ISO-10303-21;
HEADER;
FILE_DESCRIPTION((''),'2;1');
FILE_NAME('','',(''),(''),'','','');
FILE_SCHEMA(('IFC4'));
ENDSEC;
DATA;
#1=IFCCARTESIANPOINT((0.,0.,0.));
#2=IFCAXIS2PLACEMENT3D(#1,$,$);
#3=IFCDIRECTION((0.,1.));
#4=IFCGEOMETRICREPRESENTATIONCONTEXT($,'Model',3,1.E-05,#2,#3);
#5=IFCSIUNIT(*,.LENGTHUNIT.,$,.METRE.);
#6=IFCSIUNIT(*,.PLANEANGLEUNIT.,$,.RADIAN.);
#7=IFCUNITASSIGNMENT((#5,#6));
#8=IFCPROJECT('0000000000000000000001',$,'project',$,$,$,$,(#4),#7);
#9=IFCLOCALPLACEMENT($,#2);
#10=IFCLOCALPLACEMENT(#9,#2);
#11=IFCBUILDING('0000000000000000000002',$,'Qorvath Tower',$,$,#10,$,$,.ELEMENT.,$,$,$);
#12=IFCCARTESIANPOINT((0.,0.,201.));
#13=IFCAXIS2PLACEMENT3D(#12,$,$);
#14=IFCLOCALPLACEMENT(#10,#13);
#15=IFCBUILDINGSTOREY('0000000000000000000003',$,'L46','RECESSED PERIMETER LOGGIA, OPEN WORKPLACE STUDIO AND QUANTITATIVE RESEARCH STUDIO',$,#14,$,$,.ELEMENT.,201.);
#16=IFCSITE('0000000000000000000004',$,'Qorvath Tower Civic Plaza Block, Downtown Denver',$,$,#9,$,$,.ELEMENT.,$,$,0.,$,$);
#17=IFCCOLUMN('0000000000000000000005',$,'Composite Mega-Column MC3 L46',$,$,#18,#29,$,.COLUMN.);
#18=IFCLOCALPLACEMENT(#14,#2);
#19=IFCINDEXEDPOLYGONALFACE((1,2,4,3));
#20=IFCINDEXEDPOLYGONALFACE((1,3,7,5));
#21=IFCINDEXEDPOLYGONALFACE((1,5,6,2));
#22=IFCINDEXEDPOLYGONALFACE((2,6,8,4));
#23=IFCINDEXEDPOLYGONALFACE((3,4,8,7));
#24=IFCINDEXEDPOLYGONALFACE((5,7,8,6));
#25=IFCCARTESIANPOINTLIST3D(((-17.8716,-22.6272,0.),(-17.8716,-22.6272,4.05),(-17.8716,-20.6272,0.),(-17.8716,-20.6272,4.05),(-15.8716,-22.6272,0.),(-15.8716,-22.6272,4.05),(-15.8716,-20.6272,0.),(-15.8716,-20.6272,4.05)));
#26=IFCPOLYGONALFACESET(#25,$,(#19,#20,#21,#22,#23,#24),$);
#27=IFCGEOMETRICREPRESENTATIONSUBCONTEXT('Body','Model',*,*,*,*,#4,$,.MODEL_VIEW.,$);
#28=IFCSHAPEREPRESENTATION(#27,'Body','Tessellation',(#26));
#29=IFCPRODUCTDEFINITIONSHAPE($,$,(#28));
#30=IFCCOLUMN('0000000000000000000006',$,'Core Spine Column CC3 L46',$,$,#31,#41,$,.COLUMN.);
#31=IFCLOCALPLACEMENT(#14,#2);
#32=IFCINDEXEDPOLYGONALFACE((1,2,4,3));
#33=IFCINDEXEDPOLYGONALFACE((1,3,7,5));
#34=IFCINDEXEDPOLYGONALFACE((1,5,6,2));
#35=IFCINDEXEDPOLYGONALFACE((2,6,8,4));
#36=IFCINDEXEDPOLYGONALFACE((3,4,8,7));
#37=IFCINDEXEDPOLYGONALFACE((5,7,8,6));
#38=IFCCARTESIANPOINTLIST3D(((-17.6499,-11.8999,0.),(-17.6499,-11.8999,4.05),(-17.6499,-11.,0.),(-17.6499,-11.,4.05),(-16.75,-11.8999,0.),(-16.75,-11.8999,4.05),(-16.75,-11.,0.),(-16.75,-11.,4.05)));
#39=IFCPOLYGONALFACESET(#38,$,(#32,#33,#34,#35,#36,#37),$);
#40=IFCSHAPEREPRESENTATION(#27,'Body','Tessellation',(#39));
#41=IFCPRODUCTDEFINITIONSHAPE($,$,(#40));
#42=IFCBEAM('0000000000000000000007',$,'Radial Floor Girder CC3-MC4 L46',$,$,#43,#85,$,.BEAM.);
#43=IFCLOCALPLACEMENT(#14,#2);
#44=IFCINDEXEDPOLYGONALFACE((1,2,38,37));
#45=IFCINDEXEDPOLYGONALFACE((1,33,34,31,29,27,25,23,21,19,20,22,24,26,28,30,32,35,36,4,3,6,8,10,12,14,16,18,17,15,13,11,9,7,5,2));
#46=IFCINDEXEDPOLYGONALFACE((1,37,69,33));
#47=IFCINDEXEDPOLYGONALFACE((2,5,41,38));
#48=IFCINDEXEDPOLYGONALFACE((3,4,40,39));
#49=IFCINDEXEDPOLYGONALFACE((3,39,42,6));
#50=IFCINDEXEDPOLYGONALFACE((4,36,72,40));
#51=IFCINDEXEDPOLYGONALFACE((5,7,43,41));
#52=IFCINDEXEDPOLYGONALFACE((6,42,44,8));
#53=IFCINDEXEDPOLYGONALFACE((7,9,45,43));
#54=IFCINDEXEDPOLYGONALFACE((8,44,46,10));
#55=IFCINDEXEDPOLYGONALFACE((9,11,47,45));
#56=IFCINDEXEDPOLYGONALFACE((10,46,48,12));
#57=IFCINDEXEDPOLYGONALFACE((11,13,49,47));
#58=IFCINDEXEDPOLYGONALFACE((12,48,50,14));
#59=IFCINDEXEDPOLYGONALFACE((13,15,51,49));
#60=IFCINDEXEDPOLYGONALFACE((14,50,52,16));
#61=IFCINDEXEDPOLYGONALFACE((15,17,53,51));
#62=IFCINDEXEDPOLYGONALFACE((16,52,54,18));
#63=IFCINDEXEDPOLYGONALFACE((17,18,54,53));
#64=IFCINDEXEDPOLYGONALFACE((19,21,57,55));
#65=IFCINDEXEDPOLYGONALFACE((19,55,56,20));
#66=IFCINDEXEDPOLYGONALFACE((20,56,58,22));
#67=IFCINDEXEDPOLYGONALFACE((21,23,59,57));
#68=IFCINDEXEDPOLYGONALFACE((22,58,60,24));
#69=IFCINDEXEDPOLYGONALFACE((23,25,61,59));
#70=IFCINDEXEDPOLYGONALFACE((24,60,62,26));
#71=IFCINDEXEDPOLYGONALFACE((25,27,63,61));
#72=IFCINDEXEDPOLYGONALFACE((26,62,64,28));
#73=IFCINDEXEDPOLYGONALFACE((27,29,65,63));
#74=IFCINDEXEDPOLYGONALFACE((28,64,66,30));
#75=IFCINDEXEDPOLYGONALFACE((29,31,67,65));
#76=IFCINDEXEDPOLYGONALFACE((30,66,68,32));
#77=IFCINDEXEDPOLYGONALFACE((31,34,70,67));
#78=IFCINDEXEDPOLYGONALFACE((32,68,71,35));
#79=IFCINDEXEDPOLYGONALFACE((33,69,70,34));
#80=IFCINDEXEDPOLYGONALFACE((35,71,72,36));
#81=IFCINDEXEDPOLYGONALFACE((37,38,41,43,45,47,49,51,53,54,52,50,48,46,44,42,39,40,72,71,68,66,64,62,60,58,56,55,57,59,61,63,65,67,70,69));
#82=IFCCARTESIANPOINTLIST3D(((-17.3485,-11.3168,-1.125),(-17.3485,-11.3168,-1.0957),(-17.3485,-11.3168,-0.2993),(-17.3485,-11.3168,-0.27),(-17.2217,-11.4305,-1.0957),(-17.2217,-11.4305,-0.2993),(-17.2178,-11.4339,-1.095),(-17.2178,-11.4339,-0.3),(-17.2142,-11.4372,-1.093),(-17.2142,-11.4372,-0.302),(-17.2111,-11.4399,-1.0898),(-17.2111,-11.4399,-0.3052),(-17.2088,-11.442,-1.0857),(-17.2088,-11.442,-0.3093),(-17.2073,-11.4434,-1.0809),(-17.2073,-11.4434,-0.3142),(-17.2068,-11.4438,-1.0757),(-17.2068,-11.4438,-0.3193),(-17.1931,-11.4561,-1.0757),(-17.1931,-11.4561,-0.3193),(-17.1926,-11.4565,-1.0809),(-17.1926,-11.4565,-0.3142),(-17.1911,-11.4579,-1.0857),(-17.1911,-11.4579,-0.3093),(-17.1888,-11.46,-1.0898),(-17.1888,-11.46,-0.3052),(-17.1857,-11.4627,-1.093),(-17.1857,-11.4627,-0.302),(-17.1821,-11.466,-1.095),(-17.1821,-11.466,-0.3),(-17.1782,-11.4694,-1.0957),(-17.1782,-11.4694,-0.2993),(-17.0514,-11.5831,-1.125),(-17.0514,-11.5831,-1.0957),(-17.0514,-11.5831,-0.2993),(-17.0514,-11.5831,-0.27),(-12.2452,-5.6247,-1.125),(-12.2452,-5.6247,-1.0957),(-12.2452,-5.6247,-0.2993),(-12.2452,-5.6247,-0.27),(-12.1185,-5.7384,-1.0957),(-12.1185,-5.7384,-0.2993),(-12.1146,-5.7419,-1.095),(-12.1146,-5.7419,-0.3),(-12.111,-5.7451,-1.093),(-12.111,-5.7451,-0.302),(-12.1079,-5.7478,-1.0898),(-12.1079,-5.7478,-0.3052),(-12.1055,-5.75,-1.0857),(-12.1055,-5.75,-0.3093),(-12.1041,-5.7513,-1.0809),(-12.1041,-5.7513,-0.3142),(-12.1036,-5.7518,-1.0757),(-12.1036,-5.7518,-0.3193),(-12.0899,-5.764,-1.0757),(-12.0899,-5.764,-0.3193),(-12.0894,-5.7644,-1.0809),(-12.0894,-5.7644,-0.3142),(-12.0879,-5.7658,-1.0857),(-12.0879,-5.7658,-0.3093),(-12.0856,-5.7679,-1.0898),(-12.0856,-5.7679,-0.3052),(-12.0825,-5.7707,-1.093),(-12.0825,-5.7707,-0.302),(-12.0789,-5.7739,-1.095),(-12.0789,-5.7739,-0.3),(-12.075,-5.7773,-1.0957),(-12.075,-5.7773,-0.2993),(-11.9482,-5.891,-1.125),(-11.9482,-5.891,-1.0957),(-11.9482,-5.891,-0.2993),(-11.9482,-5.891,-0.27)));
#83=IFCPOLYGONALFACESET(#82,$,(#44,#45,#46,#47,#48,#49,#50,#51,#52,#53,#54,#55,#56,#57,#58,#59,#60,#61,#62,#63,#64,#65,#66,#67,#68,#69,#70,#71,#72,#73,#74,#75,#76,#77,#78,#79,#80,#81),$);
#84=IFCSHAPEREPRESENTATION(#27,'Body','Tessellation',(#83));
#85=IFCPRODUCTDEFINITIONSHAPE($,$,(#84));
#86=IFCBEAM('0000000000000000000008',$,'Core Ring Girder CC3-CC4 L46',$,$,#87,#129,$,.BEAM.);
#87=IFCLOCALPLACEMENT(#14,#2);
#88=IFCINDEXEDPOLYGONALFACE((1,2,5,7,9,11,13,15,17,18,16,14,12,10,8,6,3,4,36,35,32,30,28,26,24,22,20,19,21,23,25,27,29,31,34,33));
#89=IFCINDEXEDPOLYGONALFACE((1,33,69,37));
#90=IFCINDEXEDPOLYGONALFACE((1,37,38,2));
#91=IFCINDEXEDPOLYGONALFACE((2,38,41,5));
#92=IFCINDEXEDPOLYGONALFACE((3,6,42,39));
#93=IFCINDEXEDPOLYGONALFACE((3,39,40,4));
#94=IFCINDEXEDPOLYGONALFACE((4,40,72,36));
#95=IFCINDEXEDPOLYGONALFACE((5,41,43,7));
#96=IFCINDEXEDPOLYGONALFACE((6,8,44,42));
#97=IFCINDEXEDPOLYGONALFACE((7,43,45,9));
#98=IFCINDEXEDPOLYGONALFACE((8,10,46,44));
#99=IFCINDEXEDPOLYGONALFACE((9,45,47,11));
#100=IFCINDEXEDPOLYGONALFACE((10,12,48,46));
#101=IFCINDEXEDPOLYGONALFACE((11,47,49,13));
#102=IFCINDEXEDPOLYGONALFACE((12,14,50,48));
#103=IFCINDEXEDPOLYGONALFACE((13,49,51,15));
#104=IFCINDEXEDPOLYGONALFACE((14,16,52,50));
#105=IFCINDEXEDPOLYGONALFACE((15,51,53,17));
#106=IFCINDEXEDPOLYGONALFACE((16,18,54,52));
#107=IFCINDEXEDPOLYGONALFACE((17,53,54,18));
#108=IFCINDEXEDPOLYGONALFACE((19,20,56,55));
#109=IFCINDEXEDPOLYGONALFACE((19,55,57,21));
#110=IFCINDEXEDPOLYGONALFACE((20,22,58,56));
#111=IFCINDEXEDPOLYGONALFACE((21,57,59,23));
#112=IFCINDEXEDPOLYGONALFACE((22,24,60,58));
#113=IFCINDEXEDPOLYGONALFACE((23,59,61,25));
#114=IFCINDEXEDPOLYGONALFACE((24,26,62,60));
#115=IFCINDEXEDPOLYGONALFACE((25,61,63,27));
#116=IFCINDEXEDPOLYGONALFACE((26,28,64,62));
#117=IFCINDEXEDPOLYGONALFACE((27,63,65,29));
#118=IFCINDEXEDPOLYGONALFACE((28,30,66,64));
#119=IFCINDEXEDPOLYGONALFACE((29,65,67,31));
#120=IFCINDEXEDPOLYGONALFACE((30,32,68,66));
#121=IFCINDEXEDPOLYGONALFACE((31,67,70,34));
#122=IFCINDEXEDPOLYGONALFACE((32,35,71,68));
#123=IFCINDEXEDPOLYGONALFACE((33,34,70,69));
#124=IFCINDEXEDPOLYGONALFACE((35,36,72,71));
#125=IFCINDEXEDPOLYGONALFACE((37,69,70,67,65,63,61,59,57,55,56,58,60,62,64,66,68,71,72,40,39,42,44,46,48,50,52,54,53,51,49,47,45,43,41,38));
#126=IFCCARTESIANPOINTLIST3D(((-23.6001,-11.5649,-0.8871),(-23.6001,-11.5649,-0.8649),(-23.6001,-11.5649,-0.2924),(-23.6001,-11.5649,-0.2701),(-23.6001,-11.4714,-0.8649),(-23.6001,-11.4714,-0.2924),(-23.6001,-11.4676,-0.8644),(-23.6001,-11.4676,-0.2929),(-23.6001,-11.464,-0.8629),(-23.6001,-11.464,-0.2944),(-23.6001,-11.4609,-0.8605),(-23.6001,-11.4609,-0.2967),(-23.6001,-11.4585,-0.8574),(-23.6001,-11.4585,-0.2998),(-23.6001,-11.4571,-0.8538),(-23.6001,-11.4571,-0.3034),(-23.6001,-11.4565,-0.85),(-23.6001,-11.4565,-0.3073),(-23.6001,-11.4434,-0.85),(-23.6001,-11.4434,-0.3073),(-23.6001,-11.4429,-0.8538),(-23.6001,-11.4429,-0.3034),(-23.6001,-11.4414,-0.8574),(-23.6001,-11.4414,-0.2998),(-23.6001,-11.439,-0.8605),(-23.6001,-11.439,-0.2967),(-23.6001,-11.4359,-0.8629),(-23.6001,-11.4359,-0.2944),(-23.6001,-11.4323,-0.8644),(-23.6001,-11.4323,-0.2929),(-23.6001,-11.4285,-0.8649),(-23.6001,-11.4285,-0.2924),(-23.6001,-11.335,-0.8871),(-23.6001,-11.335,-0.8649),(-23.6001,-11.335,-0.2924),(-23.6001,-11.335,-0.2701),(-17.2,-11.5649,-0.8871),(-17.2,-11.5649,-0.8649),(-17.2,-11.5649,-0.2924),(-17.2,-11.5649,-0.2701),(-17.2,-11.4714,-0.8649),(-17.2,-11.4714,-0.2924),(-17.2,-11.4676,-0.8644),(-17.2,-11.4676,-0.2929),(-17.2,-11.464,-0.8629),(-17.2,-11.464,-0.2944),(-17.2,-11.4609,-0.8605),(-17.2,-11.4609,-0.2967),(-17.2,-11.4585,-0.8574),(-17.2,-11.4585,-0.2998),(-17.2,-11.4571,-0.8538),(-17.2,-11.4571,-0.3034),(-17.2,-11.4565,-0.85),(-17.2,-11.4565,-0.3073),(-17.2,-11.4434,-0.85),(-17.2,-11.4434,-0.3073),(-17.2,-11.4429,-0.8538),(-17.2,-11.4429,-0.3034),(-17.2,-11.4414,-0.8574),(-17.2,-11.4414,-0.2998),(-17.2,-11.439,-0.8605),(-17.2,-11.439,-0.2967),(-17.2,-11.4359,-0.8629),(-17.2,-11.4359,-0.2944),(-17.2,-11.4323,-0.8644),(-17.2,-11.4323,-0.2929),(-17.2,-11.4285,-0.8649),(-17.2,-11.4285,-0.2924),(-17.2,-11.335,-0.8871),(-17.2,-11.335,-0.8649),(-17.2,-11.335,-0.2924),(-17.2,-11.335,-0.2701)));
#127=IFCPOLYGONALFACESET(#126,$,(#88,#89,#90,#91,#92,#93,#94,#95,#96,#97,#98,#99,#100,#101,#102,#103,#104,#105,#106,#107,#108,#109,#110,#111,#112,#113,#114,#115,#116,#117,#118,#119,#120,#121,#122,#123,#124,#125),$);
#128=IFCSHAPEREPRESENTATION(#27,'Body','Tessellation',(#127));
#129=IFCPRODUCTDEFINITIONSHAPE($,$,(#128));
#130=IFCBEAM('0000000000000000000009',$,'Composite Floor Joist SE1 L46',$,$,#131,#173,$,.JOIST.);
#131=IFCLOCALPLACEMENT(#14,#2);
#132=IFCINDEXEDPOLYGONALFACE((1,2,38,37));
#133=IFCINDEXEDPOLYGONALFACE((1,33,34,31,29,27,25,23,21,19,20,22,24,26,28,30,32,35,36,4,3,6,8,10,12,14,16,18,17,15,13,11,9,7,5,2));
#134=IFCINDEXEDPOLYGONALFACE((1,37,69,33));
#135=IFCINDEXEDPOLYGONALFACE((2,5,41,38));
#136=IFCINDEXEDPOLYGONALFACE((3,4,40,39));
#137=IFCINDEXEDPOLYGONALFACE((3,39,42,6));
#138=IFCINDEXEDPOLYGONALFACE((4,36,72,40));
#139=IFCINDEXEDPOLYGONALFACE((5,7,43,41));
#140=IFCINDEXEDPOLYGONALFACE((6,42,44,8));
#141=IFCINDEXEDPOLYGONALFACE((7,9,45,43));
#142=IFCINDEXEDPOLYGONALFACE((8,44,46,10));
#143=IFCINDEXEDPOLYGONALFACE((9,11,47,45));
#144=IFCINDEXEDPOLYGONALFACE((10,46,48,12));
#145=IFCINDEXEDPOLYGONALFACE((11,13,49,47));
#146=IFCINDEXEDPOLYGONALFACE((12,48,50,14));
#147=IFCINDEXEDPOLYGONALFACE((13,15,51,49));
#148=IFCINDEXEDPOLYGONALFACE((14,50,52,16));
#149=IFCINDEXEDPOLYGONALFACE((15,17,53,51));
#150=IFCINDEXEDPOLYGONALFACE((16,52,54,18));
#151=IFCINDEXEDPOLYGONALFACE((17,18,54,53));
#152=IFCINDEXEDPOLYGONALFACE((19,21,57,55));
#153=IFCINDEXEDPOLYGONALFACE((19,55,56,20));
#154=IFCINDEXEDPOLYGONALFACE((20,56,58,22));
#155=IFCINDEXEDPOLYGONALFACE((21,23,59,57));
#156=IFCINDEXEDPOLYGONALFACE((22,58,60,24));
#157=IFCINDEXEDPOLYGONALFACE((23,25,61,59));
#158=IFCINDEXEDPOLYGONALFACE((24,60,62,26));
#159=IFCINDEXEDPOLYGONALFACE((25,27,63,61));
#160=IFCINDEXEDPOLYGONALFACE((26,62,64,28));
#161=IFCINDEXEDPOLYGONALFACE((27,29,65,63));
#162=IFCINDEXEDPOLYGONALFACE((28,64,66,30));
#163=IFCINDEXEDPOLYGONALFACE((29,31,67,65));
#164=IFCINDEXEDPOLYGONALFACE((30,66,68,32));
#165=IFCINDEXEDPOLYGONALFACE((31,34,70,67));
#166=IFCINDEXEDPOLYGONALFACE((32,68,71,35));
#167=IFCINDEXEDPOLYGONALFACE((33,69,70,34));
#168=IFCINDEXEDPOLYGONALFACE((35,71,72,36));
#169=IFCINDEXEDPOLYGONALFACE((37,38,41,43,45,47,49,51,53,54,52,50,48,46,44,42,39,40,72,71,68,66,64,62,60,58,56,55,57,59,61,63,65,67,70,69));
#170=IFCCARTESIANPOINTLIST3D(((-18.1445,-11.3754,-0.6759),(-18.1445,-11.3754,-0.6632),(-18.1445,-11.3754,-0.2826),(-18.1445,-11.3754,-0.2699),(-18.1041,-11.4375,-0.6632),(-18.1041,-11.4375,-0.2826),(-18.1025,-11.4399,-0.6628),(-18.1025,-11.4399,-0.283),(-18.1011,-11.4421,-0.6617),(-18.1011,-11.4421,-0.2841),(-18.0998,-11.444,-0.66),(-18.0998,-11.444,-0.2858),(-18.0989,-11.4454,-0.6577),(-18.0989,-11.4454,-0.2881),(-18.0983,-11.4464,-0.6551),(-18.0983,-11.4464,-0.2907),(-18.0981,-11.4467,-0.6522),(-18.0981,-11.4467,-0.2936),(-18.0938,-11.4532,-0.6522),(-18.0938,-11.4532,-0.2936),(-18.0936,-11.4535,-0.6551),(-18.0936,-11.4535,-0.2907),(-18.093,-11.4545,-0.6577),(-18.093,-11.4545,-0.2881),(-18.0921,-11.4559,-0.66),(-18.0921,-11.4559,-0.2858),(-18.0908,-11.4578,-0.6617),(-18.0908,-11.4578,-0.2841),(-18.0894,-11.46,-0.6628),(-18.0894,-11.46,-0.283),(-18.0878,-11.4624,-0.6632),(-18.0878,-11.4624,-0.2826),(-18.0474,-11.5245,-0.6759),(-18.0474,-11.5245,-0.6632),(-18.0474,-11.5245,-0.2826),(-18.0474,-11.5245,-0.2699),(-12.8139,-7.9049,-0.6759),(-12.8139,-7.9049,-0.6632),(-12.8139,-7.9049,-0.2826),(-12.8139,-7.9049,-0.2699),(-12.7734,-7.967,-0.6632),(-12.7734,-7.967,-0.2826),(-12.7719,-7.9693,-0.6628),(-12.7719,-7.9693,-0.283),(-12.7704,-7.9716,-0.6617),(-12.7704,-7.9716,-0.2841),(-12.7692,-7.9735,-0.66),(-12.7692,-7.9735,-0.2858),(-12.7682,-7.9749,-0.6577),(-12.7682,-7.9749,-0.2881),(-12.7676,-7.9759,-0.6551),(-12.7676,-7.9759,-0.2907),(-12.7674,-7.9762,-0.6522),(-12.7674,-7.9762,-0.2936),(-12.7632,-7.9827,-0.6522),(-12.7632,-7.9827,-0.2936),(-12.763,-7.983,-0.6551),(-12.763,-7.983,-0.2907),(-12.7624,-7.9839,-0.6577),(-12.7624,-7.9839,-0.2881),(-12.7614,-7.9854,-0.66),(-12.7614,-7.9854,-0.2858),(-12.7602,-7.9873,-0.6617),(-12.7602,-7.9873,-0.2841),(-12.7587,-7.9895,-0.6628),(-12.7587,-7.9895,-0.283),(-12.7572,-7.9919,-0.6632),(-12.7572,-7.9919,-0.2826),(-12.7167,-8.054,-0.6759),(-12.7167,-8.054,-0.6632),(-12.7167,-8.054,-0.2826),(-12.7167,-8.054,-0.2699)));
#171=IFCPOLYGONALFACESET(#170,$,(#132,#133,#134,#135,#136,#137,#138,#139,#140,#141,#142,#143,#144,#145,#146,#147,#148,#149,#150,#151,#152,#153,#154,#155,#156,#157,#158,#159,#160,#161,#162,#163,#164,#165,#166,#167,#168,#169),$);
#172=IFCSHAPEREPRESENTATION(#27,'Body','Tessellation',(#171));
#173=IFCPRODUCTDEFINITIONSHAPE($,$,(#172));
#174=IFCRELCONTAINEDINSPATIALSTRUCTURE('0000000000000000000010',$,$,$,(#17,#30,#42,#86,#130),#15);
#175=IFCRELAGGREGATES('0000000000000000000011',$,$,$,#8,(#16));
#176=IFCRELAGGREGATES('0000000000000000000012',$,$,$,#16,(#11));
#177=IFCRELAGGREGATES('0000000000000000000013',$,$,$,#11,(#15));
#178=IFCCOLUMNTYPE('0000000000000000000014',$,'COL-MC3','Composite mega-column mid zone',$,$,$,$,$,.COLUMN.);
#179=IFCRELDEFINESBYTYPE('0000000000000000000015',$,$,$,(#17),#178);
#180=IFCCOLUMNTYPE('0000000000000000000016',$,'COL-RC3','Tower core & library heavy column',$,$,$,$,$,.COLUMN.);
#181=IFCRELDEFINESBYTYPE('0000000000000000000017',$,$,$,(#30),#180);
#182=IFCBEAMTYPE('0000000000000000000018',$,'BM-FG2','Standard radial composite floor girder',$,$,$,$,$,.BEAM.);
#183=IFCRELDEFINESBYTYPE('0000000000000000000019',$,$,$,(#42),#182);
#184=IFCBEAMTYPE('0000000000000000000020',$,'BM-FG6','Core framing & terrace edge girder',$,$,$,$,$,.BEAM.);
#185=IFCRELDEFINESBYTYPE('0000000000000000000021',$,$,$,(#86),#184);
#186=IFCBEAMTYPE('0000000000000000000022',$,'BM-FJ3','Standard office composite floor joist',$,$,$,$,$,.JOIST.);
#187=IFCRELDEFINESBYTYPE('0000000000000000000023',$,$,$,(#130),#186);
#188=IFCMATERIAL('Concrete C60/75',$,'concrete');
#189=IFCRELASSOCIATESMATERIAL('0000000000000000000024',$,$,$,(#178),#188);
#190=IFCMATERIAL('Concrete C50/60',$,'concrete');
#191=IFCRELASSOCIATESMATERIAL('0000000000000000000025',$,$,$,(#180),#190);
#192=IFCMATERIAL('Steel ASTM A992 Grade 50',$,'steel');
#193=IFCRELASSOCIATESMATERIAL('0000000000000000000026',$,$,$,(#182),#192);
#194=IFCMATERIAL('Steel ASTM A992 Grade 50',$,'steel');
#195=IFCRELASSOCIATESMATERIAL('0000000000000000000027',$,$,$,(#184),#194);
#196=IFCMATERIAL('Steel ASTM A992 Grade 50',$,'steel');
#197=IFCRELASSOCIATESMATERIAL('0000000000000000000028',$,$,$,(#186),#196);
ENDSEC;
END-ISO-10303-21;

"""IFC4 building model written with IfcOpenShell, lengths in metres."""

from ifc_helpers import new_model, si_unit, direction, frame, origin, origin_2d, place, context, subcontext, project, spatial, rectangle, i_section, extrude, material, material_profile, profile_set, type_object, element, save


model = new_model("IFC4")

# Units and contexts
model_context = context("Model", 3, precision=1e-05, world=origin(), true_north=direction((0.0, 1.0)))
body_context = subcontext(model_context, "Body", "Model", "MODEL_VIEW")
ifc_project = project(units=[si_unit("LENGTHUNIT", "METRE"), si_unit("PLANEANGLEUNIT", "RADIAN")], contexts=[model_context])

# Site, building, storey
site_placement = place(None, origin())
site = spatial("IfcSite", under=ifc_project, at=site_placement, Name="Qorvath Tower Civic Plaza Block, Downtown Denver", CompositionType="ELEMENT", RefElevation=0.0)
building_placement = place(site_placement, origin())
building = spatial("IfcBuilding", under=site, at=building_placement, Name="Qorvath Tower", CompositionType="ELEMENT")
storey_placement = place(building_placement, frame((0.0, 0.0, 201.0)))
storey = spatial("IfcBuildingStorey", under=building, at=storey_placement, Name="L46", Description="RECESSED PERIMETER LOGGIA, OPEN WORKPLACE STUDIO AND QUANTITATIVE RESEARCH STUDIO", CompositionType="ELEMENT", Elevation=201.0)

# Columns
ifc_material_1 = material(Name="Concrete C60/75", Category="concrete")
ifc_material_profile_1 = material_profile(ifc_material_1, rectangle(XDim=2.0, YDim=2.0, at=origin_2d()), Name="MC 2000x2000")
ifc_profile_set_1 = profile_set([ifc_material_profile_1], Name="Concrete C60/75")
column_type_1 = type_object("IfcColumnType", Name="COL-MC3", Description="Composite mega-column mid zone", PredefinedType="COLUMN", material=ifc_profile_set_1)
column_1_placement = place(storey_placement, frame((-16.8716, -21.6272, 0.0), z_axis=(0.0, 0.0, 1.0), x_axis=(1.0, 0.0, 0.0)))
element("IfcColumn", 1, at=column_1_placement, inside=storey, type_object=column_type_1, Name="Composite Mega-Column MC3 L46", PredefinedType="COLUMN", context=body_context, shape_type="SweptSolid", body=[
    extrude(rectangle(XDim=2.0, YDim=2.0, at=origin_2d()), origin(), (0.0, 0.0, 1.0), 4.05),
])
ifc_material_2 = material(Name="Concrete C50/60", Category="concrete")
ifc_material_profile_2 = material_profile(ifc_material_2, rectangle(XDim=0.8999, YDim=0.8999, at=origin_2d()), Name="RC 900x900")
ifc_profile_set_2 = profile_set([ifc_material_profile_2], Name="Concrete C50/60")
column_type_2 = type_object("IfcColumnType", Name="COL-RC3", Description="Tower core & library heavy column", PredefinedType="COLUMN", material=ifc_profile_set_2)
column_2_placement = place(storey_placement, frame((-17.2, -11.45, 0.0), z_axis=(0.0, 0.0, 1.0), x_axis=(1.0, 0.0, 0.0)))
element("IfcColumn", 2, at=column_2_placement, inside=storey, type_object=column_type_2, Name="Core Spine Column CC3 L46", PredefinedType="COLUMN", context=body_context, shape_type="SweptSolid", body=[
    extrude(rectangle(XDim=0.8999, YDim=0.8999, at=origin_2d()), origin(), (0.0, 0.0, 1.0), 4.05),
])

# Beams
ifc_material_3 = material(Name="Steel ASTM A992 Grade 50", Category="steel")
ifc_material_profile_3 = material_profile(ifc_material_3, i_section(OverallWidth=0.3989, OverallDepth=0.855, WebThickness=0.0183, FlangeThickness=0.0293, FilletRadius=0.02, at=origin_2d()), Name="W33x201")
ifc_profile_set_3 = profile_set([ifc_material_profile_3], Name="Steel ASTM A992 Grade 50")
beam_type_1 = type_object("IfcBeamType", Name="BM-FG2", Description="Standard radial composite floor girder", PredefinedType="BEAM", material=ifc_profile_set_3)
beam_1_placement = place(storey_placement, frame((-17.2, -11.45, -0.6975), z_axis=(0.667543, 0.744571, 0.0), x_axis=(-0.744571, 0.667543, 0.0)))
element("IfcBeam", 3, at=beam_1_placement, inside=storey, type_object=beam_type_1, Name="Radial Floor Girder CC3-MC4 L46", PredefinedType="BEAM", context=body_context, shape_type="SweptSolid", body=[
    extrude(i_section(OverallWidth=0.3989, OverallDepth=0.855, WebThickness=0.0183, FlangeThickness=0.0293, FilletRadius=0.02, at=origin_2d()), origin(), (0.0, 0.0, 1.0), 7.6448),
])
ifc_material_4 = material(Name="Steel ASTM A992 Grade 50", Category="steel")
ifc_material_profile_4 = material_profile(ifc_material_4, i_section(OverallWidth=0.23, OverallDepth=0.6169, WebThickness=0.0132, FlangeThickness=0.0222, FilletRadius=0.0149, at=origin_2d()), Name="W24x94")
ifc_profile_set_4 = profile_set([ifc_material_profile_4], Name="Steel ASTM A992 Grade 50")
beam_type_2 = type_object("IfcBeamType", Name="BM-FG6", Description="Core framing & terrace edge girder", PredefinedType="BEAM", material=ifc_profile_set_4)
beam_2_placement = place(storey_placement, frame((-17.2, -11.45, -0.5786), z_axis=(-1.0, 0.0, 0.0), x_axis=(0.0, -1.0, 0.0)))
element("IfcBeam", 4, at=beam_2_placement, inside=storey, type_object=beam_type_2, Name="Core Ring Girder CC3-CC4 L46", PredefinedType="BEAM", context=body_context, shape_type="SweptSolid", body=[
    extrude(i_section(OverallWidth=0.23, OverallDepth=0.6169, WebThickness=0.0132, FlangeThickness=0.0222, FilletRadius=0.0149, at=origin_2d()), origin(), (0.0, 0.0, 1.0), 6.4001),
])
ifc_material_5 = material(Name="Steel ASTM A992 Grade 50", Category="steel")
ifc_material_profile_5 = material_profile(ifc_material_5, i_section(OverallWidth=0.178, OverallDepth=0.406, WebThickness=0.0078, FlangeThickness=0.0127, FilletRadius=0.011, at=origin_2d()), Name="W16x40")
ifc_profile_set_5 = profile_set([ifc_material_profile_5], Name="Steel ASTM A992 Grade 50")
beam_type_3 = type_object("IfcBeamType", Name="BM-FJ3", Description="Standard office composite floor joist", PredefinedType="JOIST", material=ifc_profile_set_5)
beam_3_placement = place(storey_placement, frame((-18.0959, -11.45, -0.4729), z_axis=(0.838042, 0.545606, 0.0), x_axis=(-0.545606, 0.838042, 0.0)))
element("IfcBeam", 5, at=beam_3_placement, inside=storey, type_object=beam_type_3, Name="Composite Floor Joist SE1 L46", PredefinedType="JOIST", context=body_context, shape_type="SweptSolid", body=[
    extrude(i_section(OverallWidth=0.178, OverallDepth=0.406, WebThickness=0.0078, FlangeThickness=0.0127, FilletRadius=0.011, at=origin_2d()), origin(), (0.0, 0.0, 1.0), 6.3608),
])

save(model, "model.ifc")
